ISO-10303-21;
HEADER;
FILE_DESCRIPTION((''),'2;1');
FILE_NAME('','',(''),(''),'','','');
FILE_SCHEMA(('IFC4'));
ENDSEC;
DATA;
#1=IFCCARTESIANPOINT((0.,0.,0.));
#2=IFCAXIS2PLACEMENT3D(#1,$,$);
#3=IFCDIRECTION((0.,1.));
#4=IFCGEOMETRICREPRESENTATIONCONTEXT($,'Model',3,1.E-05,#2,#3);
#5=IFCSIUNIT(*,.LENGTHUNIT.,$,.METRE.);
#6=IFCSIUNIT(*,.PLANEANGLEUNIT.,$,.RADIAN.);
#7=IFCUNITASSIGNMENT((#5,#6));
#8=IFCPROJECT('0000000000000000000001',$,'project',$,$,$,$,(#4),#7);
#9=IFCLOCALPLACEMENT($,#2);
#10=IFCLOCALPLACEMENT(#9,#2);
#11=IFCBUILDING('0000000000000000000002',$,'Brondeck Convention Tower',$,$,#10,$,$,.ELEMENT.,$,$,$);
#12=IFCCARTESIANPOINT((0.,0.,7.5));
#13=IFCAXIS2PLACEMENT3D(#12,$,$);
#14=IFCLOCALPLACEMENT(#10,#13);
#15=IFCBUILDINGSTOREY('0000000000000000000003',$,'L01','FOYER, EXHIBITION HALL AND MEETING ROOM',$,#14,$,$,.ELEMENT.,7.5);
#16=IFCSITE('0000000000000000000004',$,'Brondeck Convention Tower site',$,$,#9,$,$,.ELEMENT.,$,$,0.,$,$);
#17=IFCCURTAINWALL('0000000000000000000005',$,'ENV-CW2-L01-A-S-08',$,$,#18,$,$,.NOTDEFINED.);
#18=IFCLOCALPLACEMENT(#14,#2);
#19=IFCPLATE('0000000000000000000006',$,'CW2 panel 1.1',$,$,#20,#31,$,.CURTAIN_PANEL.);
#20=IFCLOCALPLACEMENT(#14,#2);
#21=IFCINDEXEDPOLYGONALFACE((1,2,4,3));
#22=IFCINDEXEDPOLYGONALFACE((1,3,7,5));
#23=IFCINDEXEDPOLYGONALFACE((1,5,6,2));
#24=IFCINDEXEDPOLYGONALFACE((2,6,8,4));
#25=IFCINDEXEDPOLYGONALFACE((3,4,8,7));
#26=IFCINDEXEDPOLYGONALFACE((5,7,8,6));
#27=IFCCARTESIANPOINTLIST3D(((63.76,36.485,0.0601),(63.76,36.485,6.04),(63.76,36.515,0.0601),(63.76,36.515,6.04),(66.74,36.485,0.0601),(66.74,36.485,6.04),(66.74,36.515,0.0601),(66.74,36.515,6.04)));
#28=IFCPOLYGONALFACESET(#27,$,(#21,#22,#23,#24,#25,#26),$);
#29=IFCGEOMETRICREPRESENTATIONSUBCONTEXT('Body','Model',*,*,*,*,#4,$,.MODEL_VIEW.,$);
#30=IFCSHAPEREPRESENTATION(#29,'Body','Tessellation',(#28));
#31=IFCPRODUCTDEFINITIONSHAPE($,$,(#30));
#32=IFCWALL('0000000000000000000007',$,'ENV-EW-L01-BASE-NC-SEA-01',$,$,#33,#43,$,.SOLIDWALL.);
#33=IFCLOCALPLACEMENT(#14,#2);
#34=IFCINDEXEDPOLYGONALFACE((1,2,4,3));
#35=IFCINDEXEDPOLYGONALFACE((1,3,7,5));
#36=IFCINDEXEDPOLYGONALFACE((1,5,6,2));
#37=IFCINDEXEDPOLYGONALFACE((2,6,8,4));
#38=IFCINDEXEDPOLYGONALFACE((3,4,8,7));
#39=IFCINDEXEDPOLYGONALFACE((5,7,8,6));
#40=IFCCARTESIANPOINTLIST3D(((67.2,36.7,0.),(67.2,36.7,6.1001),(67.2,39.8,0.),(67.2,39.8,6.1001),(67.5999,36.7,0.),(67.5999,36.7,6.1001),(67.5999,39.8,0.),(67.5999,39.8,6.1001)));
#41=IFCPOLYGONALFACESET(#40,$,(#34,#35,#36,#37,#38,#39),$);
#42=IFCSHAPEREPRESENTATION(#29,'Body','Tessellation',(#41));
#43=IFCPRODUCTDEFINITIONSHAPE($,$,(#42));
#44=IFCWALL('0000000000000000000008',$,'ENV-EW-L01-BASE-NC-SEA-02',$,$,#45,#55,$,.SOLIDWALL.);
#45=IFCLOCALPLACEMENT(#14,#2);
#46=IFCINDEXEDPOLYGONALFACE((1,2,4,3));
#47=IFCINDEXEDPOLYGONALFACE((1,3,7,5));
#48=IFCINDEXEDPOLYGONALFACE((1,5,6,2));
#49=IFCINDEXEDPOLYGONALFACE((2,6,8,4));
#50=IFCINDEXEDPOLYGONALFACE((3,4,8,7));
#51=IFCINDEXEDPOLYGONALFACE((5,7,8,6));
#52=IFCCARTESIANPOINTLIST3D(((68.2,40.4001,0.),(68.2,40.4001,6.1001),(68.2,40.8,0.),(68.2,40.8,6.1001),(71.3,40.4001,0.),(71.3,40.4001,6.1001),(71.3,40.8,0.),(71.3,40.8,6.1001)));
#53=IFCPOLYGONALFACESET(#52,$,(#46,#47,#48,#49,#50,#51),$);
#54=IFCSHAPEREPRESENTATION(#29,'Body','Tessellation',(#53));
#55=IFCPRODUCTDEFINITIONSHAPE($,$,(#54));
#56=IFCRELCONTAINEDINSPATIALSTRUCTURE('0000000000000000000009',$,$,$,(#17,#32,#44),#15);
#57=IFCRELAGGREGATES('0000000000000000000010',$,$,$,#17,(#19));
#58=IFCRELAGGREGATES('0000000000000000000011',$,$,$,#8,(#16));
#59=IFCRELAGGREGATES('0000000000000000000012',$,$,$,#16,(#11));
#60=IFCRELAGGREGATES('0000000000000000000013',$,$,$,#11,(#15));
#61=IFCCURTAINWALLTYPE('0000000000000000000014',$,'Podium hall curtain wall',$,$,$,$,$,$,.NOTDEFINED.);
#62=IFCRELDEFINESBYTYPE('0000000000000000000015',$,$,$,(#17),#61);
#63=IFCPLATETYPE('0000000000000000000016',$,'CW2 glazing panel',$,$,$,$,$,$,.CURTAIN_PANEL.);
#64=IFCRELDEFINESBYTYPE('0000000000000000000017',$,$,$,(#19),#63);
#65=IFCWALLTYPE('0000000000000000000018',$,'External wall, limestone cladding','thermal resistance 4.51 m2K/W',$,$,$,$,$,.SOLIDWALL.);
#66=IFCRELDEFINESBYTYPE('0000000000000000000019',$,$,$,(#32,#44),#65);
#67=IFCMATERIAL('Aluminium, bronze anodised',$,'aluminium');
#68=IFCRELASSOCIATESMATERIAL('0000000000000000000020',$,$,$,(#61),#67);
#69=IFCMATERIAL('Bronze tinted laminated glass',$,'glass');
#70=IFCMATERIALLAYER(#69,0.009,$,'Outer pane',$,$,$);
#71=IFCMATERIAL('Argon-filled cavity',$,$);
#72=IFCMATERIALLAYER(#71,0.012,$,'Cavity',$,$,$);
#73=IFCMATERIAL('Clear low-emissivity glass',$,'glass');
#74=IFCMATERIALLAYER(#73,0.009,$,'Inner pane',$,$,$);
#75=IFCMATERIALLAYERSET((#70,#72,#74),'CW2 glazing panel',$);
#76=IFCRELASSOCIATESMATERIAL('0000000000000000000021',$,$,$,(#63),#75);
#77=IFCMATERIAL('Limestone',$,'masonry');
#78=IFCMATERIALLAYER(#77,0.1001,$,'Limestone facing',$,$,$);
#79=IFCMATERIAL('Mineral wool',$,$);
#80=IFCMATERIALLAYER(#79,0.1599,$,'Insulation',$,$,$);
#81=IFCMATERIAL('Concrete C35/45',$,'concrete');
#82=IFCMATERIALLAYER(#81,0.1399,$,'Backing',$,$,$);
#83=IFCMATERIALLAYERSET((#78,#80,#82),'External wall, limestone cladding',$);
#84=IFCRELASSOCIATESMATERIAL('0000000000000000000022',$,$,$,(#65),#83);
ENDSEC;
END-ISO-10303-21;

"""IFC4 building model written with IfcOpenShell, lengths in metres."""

from ifc_helpers import new_model, si_unit, direction, frame, frame_2d, origin, origin_2d, place, context, subcontext, project, spatial, rectangle, extrude, material, layer, layer_set, type_object, element, aggregate, save


model = new_model("IFC4")

# Units and contexts
model_context = context("Model", 3, precision=1e-05, world=origin(), true_north=direction((0.0, 1.0)))
body_context = subcontext(model_context, "Body", "Model", "MODEL_VIEW")
ifc_project = project(units=[si_unit("LENGTHUNIT", "METRE"), si_unit("PLANEANGLEUNIT", "RADIAN")], contexts=[model_context])

# Site, building, storey
site_placement = place(None, origin())
site = spatial("IfcSite", under=ifc_project, at=site_placement, Name="Brondeck Convention Tower site", CompositionType="ELEMENT", RefElevation=0.0)
building_placement = place(site_placement, origin())
building = spatial("IfcBuilding", under=site, at=building_placement, Name="Brondeck Convention Tower", CompositionType="ELEMENT")
storey_placement = place(building_placement, frame((0.0, 0.0, 7.5)))
storey = spatial("IfcBuildingStorey", under=building, at=storey_placement, Name="L01", Description="FOYER, EXHIBITION HALL AND MEETING ROOM", CompositionType="ELEMENT", Elevation=7.5)

# Curtain wall
ifc_material_1 = material(Name="Aluminium, bronze anodised", Category="aluminium")
curtain_wall_type = type_object("IfcCurtainWallType", Name="Podium hall curtain wall", PredefinedType="NOTDEFINED", material=ifc_material_1)
curtain_wall_1_placement = place(storey_placement, origin())
curtain_wall_1 = element("IfcCurtainWall", 1, at=curtain_wall_1_placement, inside=storey, type_object=curtain_wall_type, Name="ENV-CW2-L01-A-S-08", PredefinedType="NOTDEFINED")

# Plate
ifc_material_2 = material(Name="Bronze tinted laminated glass", Category="glass")
ifc_layer_1 = layer(ifc_material_2, 0.009, Name="Outer pane")
ifc_material_3 = material(Name="Argon-filled cavity")
ifc_layer_2 = layer(ifc_material_3, 0.012, Name="Cavity")
ifc_material_4 = material(Name="Clear low-emissivity glass", Category="glass")
ifc_layer_3 = layer(ifc_material_4, 0.009, Name="Inner pane")
ifc_layer_set_1 = layer_set([ifc_layer_1, ifc_layer_2, ifc_layer_3], Name="CW2 glazing panel")
plate_type = type_object("IfcPlateType", Name="CW2 glazing panel", PredefinedType="CURTAIN_PANEL", material=ifc_layer_set_1)
plate_1_placement = place(storey_placement, frame((65.25, 36.5, 0.0601), z_axis=(0.0, 0.0, 1.0), x_axis=(-1.0, 0.0, 0.0)))
plate_1 = element("IfcPlate", 2, at=plate_1_placement, type_object=plate_type, Name="CW2 panel 1.1", PredefinedType="CURTAIN_PANEL", context=body_context, shape_type="SweptSolid", body=[
    extrude(rectangle(XDim=2.98, YDim=0.03, at=origin_2d()), origin(), (0.0, 0.0, 1.0), 5.98),
])
aggregate(curtain_wall_1, [plate_1])

# Walls
ifc_material_5 = material(Name="Limestone", Category="masonry")
ifc_layer_4 = layer(ifc_material_5, 0.1001, Name="Limestone facing")
ifc_material_6 = material(Name="Mineral wool")
ifc_layer_5 = layer(ifc_material_6, 0.1599, Name="Insulation")
ifc_material_7 = material(Name="Concrete C35/45", Category="concrete")
ifc_layer_6 = layer(ifc_material_7, 0.1399, Name="Backing")
ifc_layer_set_2 = layer_set([ifc_layer_4, ifc_layer_5, ifc_layer_6], Name="External wall, limestone cladding")
wall_type = type_object("IfcWallType", Name="External wall, limestone cladding", Description="thermal resistance 4.51 m2K/W", PredefinedType="SOLIDWALL", material=ifc_layer_set_2)
for number, where, z_axis, x_axis, name in (
    (3, (67.3999, 39.8, 0.0), (0.0, 0.0, 1.0), (0.0, -1.0, 0.0), "ENV-EW-L01-BASE-NC-SEA-01"),
    (4, (71.3, 40.6001, 0.0), (0.0, 0.0, 1.0), (-1.0, 0.0, 0.0), "ENV-EW-L01-BASE-NC-SEA-02"),
):
    element("IfcWall", number, at=place(storey_placement, frame(where, z_axis=z_axis, x_axis=x_axis)), inside=storey, type_object=wall_type, Name=name, PredefinedType="SOLIDWALL", context=body_context, shape_type="SweptSolid", body=[
        extrude(rectangle(XDim=3.1001, YDim=0.3999, at=frame_2d((1.55, 0.0))), origin(), (0.0, 0.0, 1.0), 6.1001),
    ])

save(model, "model.ifc")
